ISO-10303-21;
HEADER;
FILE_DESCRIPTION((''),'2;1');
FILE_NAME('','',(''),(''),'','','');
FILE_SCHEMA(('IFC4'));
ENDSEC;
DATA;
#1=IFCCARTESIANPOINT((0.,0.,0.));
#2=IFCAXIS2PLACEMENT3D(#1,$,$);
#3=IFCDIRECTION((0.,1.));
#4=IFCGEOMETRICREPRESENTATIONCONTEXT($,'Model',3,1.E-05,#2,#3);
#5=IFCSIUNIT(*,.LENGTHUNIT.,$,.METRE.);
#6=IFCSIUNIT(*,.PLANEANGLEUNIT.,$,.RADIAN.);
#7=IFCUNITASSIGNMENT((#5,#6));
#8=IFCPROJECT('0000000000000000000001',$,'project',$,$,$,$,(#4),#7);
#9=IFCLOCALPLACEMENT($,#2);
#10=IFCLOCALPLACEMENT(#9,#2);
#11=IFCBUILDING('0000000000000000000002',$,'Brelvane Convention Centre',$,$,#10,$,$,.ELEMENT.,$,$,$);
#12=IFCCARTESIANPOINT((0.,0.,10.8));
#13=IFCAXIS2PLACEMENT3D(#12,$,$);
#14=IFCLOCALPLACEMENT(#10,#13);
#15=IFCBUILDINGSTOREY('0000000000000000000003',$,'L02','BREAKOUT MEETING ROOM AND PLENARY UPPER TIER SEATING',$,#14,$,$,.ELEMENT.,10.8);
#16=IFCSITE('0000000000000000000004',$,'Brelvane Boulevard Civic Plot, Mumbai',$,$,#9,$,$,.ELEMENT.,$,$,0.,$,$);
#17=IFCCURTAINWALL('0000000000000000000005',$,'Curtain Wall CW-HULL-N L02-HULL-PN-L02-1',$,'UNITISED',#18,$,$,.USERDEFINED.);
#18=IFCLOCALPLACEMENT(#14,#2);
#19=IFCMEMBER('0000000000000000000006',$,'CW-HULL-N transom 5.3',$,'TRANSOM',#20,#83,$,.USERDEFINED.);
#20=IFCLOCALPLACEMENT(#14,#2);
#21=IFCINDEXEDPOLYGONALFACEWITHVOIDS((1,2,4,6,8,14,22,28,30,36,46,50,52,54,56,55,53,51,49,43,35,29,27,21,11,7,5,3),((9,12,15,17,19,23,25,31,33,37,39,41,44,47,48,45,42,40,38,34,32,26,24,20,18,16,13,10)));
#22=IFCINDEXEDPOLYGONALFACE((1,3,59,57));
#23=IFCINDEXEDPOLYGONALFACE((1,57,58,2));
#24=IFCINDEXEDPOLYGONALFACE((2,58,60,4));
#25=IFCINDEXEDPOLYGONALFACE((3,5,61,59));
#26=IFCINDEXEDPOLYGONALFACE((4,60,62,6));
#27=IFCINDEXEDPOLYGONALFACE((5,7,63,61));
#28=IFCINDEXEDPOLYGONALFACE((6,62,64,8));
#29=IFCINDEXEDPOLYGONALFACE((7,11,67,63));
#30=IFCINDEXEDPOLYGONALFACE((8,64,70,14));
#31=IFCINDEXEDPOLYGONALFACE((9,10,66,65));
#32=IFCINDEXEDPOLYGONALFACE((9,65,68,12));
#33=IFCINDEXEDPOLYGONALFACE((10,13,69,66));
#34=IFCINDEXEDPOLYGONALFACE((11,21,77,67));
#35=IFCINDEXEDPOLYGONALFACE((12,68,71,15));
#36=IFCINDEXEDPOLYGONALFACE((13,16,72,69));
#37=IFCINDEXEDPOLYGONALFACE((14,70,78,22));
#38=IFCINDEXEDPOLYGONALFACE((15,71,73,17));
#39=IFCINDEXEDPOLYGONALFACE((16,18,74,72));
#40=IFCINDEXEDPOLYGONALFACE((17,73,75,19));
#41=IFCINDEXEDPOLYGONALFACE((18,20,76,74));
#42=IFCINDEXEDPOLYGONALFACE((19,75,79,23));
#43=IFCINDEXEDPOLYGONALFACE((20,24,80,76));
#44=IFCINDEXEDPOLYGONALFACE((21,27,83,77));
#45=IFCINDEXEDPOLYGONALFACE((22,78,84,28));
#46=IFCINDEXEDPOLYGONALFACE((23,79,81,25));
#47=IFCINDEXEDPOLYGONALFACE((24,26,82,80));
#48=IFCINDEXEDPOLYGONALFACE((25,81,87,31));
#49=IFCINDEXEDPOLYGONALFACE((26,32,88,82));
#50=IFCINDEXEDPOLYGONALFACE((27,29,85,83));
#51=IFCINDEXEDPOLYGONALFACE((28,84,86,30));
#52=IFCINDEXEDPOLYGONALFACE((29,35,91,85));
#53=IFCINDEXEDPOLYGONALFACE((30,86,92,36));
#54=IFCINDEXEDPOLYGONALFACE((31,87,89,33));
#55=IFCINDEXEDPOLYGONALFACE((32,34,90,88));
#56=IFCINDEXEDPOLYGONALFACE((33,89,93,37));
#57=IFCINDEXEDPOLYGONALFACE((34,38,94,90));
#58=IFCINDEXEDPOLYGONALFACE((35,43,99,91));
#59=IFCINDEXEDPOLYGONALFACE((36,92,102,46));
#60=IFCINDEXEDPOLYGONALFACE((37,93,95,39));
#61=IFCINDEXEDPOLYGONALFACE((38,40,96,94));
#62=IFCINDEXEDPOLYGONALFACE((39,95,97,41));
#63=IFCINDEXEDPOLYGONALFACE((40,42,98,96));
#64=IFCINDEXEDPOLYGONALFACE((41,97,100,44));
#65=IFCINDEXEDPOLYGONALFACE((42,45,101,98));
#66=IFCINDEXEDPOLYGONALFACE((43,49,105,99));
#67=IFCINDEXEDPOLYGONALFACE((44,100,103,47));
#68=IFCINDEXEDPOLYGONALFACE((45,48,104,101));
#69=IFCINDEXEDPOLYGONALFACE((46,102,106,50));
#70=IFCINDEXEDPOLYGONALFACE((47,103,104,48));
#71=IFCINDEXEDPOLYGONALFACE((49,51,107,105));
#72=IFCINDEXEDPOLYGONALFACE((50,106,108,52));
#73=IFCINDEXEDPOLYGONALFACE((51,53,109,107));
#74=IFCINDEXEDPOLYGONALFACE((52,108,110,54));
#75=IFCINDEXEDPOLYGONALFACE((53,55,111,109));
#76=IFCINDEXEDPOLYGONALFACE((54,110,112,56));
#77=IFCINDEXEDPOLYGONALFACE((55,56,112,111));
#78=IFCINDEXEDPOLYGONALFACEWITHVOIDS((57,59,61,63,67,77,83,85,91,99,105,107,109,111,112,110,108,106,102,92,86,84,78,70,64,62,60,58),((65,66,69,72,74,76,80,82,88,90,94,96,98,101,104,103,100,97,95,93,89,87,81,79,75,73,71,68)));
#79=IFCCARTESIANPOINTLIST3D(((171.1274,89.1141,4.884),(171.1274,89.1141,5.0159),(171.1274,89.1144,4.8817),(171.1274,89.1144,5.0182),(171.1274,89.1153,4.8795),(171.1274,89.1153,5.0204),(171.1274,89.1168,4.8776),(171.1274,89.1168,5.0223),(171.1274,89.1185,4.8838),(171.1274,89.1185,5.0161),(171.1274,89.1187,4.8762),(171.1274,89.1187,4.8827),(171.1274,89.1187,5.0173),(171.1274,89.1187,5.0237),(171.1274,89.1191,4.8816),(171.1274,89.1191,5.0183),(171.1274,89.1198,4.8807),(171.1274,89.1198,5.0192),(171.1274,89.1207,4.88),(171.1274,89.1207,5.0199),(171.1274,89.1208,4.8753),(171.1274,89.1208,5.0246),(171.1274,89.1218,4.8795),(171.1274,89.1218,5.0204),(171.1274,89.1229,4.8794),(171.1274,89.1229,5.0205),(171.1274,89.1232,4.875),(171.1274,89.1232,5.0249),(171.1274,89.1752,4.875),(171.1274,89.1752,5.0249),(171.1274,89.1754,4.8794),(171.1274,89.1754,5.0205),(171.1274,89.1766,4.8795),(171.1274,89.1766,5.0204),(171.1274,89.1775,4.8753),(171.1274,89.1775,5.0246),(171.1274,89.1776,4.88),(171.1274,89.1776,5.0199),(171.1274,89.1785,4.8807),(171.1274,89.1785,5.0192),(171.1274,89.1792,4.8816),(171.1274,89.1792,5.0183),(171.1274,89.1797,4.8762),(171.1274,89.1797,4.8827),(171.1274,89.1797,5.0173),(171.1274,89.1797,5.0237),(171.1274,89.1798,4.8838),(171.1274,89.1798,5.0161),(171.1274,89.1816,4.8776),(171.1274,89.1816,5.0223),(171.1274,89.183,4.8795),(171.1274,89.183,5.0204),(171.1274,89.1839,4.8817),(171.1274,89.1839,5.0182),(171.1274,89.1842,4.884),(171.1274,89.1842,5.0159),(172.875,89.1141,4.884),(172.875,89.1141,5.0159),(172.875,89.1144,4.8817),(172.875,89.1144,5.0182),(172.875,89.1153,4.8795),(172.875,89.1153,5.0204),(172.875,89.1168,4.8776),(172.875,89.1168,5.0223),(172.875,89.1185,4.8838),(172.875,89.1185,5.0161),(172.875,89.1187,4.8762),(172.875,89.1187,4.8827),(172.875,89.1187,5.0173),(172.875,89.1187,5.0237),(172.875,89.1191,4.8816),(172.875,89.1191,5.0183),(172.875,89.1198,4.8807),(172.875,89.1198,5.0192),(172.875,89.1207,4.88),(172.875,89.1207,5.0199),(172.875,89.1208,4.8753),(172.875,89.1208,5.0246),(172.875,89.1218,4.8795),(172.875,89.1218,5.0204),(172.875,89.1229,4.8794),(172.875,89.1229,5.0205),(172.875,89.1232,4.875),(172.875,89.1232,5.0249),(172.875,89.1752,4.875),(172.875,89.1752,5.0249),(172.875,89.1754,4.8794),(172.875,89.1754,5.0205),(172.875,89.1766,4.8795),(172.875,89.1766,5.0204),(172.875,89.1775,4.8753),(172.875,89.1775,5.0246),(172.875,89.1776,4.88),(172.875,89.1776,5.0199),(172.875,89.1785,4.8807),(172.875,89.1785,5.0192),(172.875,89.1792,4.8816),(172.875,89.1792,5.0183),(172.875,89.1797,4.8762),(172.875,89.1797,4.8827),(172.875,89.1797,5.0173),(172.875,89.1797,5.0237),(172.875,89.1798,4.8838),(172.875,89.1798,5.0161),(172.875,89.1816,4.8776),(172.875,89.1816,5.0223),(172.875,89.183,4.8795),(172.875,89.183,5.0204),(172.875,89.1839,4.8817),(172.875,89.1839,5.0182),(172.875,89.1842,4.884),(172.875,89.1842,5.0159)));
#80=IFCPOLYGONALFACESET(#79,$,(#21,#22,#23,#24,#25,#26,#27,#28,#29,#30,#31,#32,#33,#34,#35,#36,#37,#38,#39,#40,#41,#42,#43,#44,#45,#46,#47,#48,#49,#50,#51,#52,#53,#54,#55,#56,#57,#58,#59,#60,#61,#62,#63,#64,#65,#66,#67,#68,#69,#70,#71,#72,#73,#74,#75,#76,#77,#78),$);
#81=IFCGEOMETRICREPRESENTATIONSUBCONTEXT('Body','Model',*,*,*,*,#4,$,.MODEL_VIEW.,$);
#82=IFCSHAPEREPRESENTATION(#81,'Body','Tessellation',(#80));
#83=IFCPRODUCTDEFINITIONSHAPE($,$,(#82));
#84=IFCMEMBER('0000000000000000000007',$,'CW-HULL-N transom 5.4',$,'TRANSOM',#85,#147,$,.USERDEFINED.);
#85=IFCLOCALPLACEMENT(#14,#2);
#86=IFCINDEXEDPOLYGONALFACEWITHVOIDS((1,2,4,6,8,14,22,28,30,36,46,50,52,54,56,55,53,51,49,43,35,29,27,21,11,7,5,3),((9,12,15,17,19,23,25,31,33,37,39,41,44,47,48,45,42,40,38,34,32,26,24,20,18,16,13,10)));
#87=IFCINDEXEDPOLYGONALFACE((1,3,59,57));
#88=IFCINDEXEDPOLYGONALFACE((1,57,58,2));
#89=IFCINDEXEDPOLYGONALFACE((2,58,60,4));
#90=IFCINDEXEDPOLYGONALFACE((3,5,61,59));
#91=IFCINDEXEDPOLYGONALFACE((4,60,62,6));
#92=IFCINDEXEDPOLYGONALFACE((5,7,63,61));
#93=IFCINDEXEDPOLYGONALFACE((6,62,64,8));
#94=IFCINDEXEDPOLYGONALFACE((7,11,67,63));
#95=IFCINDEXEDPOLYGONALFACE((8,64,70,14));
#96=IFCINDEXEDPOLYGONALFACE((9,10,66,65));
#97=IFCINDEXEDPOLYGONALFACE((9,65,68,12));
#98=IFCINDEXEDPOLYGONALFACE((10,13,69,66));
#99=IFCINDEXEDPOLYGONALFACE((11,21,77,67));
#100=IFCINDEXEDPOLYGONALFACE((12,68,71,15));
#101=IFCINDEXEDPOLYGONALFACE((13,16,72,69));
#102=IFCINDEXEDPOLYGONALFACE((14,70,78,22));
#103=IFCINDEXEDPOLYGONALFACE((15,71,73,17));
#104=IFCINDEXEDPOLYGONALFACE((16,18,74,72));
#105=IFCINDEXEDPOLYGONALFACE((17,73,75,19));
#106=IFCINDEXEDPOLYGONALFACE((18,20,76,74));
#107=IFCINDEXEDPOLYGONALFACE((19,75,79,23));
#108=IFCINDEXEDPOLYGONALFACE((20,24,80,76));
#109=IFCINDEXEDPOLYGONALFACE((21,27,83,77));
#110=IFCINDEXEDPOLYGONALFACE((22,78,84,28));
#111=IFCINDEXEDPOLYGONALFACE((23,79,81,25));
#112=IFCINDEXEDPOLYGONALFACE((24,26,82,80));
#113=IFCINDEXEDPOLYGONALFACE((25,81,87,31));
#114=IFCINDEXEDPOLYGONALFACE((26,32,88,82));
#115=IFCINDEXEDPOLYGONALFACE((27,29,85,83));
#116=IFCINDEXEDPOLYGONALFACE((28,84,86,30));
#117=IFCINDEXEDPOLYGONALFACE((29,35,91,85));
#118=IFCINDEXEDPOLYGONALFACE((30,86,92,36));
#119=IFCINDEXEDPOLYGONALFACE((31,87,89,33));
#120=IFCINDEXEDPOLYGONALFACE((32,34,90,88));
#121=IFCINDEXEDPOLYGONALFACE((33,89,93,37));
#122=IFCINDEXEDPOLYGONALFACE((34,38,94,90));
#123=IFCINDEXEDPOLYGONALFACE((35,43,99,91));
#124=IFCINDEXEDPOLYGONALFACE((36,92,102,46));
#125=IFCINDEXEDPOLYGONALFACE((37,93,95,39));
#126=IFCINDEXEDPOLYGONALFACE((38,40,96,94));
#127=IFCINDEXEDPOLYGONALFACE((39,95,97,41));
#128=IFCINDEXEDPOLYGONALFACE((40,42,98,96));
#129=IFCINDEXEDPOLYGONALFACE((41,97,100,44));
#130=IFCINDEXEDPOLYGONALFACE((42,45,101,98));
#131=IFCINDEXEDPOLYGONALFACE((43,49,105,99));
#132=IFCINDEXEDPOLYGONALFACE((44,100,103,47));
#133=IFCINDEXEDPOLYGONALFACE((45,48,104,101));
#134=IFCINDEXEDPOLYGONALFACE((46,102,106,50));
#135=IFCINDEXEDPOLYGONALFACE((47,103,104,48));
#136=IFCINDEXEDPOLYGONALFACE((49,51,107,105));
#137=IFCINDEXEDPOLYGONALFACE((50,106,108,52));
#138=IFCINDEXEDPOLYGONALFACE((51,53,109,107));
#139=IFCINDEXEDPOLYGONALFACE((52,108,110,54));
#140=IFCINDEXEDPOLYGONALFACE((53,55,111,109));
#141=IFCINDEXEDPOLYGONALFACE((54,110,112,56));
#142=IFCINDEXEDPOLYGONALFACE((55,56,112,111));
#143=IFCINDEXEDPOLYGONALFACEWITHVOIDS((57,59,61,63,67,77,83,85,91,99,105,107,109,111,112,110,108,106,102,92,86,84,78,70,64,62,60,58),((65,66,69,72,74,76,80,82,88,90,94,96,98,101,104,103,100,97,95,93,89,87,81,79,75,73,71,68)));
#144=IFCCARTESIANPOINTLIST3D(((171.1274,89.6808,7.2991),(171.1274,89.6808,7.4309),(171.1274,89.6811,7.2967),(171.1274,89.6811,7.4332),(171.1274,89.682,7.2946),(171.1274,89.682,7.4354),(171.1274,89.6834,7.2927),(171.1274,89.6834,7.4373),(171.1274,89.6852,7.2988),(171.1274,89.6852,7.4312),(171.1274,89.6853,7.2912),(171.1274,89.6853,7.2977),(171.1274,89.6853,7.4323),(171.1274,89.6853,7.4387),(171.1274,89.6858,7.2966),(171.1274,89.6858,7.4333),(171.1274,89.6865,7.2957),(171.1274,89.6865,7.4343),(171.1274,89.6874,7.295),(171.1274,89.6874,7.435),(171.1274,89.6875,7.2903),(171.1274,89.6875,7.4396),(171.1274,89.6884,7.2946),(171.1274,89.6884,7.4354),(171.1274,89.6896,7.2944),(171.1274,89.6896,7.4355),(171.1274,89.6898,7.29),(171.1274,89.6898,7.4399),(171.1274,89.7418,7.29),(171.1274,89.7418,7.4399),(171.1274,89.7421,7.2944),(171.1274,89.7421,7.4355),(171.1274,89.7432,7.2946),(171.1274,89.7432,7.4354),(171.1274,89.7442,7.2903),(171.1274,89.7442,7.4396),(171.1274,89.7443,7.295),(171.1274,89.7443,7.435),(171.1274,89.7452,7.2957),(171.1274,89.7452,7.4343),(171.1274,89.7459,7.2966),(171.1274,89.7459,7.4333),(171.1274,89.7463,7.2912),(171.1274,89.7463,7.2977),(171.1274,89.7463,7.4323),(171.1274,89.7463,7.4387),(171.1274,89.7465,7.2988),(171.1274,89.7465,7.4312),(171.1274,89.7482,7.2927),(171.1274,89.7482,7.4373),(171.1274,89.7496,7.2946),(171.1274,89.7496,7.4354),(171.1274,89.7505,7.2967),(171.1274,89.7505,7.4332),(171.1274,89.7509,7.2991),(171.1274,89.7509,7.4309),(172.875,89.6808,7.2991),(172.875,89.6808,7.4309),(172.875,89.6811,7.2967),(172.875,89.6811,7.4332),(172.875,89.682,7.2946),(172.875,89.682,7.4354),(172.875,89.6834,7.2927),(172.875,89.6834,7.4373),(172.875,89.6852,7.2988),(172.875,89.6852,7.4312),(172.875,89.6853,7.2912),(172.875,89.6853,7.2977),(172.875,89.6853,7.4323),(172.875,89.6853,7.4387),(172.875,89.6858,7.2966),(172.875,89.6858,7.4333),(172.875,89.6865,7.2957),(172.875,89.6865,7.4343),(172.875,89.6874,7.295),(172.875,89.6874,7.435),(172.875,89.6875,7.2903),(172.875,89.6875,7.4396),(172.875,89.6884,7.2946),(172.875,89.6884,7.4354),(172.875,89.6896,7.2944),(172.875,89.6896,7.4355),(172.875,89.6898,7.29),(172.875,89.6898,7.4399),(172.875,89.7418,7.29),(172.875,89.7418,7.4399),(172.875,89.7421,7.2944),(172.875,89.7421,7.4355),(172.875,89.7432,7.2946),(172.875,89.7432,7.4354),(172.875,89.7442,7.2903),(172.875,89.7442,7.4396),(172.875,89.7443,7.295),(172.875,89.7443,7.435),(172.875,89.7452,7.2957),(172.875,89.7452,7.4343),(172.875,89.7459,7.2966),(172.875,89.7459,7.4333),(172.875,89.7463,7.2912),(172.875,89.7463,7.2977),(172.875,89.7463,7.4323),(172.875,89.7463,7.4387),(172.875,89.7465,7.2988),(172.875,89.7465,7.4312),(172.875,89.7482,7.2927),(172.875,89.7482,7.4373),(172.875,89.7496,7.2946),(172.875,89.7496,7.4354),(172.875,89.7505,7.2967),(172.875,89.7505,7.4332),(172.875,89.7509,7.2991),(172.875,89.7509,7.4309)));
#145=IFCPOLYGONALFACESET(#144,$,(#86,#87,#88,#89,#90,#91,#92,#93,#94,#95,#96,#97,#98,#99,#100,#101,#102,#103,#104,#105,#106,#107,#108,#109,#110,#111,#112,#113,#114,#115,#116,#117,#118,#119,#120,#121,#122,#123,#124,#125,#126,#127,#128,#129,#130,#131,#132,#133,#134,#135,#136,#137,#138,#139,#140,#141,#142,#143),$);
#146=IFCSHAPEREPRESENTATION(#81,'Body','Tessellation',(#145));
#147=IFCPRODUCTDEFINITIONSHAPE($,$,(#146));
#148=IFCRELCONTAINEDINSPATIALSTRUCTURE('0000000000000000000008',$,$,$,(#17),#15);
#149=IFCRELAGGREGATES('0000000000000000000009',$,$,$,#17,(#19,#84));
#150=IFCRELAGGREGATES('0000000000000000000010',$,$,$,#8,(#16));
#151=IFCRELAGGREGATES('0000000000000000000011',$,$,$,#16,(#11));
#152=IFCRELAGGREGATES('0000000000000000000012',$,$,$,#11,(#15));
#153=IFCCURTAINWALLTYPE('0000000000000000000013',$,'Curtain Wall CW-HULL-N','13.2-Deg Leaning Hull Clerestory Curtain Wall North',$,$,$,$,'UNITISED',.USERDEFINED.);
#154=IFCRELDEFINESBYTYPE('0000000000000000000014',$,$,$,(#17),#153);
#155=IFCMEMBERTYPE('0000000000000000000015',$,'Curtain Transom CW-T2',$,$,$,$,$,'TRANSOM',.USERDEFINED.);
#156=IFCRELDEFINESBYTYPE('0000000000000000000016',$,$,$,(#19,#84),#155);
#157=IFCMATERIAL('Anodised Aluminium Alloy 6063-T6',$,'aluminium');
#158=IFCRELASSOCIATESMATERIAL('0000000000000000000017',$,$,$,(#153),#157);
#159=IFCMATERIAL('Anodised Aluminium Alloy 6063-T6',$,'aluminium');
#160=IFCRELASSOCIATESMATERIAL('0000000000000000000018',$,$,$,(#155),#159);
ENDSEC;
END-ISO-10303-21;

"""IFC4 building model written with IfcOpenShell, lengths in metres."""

from ifc_helpers import new_model, si_unit, direction, frame, origin, origin_2d, place, context, subcontext, project, spatial, hollow_rectangle, extrude, material, material_profile, profile_set, type_object, element, aggregate, save


model = new_model("IFC4")

# Units and contexts
model_context = context("Model", 3, precision=1e-05, world=origin(), true_north=direction((0.0, 1.0)))
body_context = subcontext(model_context, "Body", "Model", "MODEL_VIEW")
ifc_project = project(units=[si_unit("LENGTHUNIT", "METRE"), si_unit("PLANEANGLEUNIT", "RADIAN")], contexts=[model_context])

# Site, building, storey
site_placement = place(None, origin())
site = spatial("IfcSite", under=ifc_project, at=site_placement, Name="Brelvane Boulevard Civic Plot, Mumbai", CompositionType="ELEMENT", RefElevation=0.0)
building_placement = place(site_placement, origin())
building = spatial("IfcBuilding", under=site, at=building_placement, Name="Brelvane Convention Centre", CompositionType="ELEMENT")
storey_placement = place(building_placement, frame((0.0, 0.0, 10.8)))
storey = spatial("IfcBuildingStorey", under=building, at=storey_placement, Name="L02", Description="BREAKOUT MEETING ROOM AND PLENARY UPPER TIER SEATING", CompositionType="ELEMENT", Elevation=10.8)

# Curtain wall, members
ifc_material_1 = material(Name="Anodised Aluminium Alloy 6063-T6", Category="aluminium")
curtain_wall_type = type_object("IfcCurtainWallType", Name="Curtain Wall CW-HULL-N", Description="13.2-Deg Leaning Hull Clerestory Curtain Wall North", ElementType="UNITISED", PredefinedType="USERDEFINED", material=ifc_material_1)
curtain_wall_1_placement = place(storey_placement, origin())
curtain_wall_1 = element("IfcCurtainWall", 1, at=curtain_wall_1_placement, inside=storey, type_object=curtain_wall_type, Name="Curtain Wall CW-HULL-N L02-HULL-PN-L02-1", ObjectType="UNITISED", PredefinedType="USERDEFINED")
ifc_material_2 = material(Name="Anodised Aluminium Alloy 6063-T6", Category="aluminium")
ifc_material_profile = material_profile(ifc_material_2, hollow_rectangle(XDim=0.0701, YDim=0.1499, WallThickness=0.0044, InnerFilletRadius=0.0044, OuterFilletRadius=0.009, at=origin_2d()), Name="ALU-T 150x70x4.5")
ifc_profile_set = profile_set([ifc_material_profile], Name="Anodised Aluminium Alloy 6063-T6")
member_type = type_object("IfcMemberType", Name="Curtain Transom CW-T2", ElementType="TRANSOM", PredefinedType="USERDEFINED", material=ifc_profile_set)
member_1_placement = place(storey_placement, frame((171.1274, 89.1492, 4.95), z_axis=(1.0, 0.0, 0.0), x_axis=(0.0, 1.0, 0.0)))
member_1 = element("IfcMember", 2, at=member_1_placement, type_object=member_type, Name="CW-HULL-N transom 5.3", ObjectType="TRANSOM", PredefinedType="USERDEFINED", context=body_context, shape_type="SweptSolid", body=[
    extrude(hollow_rectangle(XDim=0.0701, YDim=0.1499, WallThickness=0.0044, InnerFilletRadius=0.0044, OuterFilletRadius=0.009, at=origin_2d()), origin(), (0.0, 0.0, 1.0), 1.7476),
])
member_2_placement = place(storey_placement, frame((171.1274, 89.7158, 7.365), z_axis=(1.0, 0.0, 0.0), x_axis=(0.0, 1.0, 0.0)))
member_2 = element("IfcMember", 3, at=member_2_placement, type_object=member_type, Name="CW-HULL-N transom 5.4", ObjectType="TRANSOM", PredefinedType="USERDEFINED", context=body_context, shape_type="SweptSolid", body=[
    extrude(hollow_rectangle(XDim=0.0701, YDim=0.1499, WallThickness=0.0044, InnerFilletRadius=0.0044, OuterFilletRadius=0.009, at=origin_2d()), origin(), (0.0, 0.0, 1.0), 1.7476),
])

aggregate(curtain_wall_1, [member_1, member_2])

save(model, "model.ifc")
